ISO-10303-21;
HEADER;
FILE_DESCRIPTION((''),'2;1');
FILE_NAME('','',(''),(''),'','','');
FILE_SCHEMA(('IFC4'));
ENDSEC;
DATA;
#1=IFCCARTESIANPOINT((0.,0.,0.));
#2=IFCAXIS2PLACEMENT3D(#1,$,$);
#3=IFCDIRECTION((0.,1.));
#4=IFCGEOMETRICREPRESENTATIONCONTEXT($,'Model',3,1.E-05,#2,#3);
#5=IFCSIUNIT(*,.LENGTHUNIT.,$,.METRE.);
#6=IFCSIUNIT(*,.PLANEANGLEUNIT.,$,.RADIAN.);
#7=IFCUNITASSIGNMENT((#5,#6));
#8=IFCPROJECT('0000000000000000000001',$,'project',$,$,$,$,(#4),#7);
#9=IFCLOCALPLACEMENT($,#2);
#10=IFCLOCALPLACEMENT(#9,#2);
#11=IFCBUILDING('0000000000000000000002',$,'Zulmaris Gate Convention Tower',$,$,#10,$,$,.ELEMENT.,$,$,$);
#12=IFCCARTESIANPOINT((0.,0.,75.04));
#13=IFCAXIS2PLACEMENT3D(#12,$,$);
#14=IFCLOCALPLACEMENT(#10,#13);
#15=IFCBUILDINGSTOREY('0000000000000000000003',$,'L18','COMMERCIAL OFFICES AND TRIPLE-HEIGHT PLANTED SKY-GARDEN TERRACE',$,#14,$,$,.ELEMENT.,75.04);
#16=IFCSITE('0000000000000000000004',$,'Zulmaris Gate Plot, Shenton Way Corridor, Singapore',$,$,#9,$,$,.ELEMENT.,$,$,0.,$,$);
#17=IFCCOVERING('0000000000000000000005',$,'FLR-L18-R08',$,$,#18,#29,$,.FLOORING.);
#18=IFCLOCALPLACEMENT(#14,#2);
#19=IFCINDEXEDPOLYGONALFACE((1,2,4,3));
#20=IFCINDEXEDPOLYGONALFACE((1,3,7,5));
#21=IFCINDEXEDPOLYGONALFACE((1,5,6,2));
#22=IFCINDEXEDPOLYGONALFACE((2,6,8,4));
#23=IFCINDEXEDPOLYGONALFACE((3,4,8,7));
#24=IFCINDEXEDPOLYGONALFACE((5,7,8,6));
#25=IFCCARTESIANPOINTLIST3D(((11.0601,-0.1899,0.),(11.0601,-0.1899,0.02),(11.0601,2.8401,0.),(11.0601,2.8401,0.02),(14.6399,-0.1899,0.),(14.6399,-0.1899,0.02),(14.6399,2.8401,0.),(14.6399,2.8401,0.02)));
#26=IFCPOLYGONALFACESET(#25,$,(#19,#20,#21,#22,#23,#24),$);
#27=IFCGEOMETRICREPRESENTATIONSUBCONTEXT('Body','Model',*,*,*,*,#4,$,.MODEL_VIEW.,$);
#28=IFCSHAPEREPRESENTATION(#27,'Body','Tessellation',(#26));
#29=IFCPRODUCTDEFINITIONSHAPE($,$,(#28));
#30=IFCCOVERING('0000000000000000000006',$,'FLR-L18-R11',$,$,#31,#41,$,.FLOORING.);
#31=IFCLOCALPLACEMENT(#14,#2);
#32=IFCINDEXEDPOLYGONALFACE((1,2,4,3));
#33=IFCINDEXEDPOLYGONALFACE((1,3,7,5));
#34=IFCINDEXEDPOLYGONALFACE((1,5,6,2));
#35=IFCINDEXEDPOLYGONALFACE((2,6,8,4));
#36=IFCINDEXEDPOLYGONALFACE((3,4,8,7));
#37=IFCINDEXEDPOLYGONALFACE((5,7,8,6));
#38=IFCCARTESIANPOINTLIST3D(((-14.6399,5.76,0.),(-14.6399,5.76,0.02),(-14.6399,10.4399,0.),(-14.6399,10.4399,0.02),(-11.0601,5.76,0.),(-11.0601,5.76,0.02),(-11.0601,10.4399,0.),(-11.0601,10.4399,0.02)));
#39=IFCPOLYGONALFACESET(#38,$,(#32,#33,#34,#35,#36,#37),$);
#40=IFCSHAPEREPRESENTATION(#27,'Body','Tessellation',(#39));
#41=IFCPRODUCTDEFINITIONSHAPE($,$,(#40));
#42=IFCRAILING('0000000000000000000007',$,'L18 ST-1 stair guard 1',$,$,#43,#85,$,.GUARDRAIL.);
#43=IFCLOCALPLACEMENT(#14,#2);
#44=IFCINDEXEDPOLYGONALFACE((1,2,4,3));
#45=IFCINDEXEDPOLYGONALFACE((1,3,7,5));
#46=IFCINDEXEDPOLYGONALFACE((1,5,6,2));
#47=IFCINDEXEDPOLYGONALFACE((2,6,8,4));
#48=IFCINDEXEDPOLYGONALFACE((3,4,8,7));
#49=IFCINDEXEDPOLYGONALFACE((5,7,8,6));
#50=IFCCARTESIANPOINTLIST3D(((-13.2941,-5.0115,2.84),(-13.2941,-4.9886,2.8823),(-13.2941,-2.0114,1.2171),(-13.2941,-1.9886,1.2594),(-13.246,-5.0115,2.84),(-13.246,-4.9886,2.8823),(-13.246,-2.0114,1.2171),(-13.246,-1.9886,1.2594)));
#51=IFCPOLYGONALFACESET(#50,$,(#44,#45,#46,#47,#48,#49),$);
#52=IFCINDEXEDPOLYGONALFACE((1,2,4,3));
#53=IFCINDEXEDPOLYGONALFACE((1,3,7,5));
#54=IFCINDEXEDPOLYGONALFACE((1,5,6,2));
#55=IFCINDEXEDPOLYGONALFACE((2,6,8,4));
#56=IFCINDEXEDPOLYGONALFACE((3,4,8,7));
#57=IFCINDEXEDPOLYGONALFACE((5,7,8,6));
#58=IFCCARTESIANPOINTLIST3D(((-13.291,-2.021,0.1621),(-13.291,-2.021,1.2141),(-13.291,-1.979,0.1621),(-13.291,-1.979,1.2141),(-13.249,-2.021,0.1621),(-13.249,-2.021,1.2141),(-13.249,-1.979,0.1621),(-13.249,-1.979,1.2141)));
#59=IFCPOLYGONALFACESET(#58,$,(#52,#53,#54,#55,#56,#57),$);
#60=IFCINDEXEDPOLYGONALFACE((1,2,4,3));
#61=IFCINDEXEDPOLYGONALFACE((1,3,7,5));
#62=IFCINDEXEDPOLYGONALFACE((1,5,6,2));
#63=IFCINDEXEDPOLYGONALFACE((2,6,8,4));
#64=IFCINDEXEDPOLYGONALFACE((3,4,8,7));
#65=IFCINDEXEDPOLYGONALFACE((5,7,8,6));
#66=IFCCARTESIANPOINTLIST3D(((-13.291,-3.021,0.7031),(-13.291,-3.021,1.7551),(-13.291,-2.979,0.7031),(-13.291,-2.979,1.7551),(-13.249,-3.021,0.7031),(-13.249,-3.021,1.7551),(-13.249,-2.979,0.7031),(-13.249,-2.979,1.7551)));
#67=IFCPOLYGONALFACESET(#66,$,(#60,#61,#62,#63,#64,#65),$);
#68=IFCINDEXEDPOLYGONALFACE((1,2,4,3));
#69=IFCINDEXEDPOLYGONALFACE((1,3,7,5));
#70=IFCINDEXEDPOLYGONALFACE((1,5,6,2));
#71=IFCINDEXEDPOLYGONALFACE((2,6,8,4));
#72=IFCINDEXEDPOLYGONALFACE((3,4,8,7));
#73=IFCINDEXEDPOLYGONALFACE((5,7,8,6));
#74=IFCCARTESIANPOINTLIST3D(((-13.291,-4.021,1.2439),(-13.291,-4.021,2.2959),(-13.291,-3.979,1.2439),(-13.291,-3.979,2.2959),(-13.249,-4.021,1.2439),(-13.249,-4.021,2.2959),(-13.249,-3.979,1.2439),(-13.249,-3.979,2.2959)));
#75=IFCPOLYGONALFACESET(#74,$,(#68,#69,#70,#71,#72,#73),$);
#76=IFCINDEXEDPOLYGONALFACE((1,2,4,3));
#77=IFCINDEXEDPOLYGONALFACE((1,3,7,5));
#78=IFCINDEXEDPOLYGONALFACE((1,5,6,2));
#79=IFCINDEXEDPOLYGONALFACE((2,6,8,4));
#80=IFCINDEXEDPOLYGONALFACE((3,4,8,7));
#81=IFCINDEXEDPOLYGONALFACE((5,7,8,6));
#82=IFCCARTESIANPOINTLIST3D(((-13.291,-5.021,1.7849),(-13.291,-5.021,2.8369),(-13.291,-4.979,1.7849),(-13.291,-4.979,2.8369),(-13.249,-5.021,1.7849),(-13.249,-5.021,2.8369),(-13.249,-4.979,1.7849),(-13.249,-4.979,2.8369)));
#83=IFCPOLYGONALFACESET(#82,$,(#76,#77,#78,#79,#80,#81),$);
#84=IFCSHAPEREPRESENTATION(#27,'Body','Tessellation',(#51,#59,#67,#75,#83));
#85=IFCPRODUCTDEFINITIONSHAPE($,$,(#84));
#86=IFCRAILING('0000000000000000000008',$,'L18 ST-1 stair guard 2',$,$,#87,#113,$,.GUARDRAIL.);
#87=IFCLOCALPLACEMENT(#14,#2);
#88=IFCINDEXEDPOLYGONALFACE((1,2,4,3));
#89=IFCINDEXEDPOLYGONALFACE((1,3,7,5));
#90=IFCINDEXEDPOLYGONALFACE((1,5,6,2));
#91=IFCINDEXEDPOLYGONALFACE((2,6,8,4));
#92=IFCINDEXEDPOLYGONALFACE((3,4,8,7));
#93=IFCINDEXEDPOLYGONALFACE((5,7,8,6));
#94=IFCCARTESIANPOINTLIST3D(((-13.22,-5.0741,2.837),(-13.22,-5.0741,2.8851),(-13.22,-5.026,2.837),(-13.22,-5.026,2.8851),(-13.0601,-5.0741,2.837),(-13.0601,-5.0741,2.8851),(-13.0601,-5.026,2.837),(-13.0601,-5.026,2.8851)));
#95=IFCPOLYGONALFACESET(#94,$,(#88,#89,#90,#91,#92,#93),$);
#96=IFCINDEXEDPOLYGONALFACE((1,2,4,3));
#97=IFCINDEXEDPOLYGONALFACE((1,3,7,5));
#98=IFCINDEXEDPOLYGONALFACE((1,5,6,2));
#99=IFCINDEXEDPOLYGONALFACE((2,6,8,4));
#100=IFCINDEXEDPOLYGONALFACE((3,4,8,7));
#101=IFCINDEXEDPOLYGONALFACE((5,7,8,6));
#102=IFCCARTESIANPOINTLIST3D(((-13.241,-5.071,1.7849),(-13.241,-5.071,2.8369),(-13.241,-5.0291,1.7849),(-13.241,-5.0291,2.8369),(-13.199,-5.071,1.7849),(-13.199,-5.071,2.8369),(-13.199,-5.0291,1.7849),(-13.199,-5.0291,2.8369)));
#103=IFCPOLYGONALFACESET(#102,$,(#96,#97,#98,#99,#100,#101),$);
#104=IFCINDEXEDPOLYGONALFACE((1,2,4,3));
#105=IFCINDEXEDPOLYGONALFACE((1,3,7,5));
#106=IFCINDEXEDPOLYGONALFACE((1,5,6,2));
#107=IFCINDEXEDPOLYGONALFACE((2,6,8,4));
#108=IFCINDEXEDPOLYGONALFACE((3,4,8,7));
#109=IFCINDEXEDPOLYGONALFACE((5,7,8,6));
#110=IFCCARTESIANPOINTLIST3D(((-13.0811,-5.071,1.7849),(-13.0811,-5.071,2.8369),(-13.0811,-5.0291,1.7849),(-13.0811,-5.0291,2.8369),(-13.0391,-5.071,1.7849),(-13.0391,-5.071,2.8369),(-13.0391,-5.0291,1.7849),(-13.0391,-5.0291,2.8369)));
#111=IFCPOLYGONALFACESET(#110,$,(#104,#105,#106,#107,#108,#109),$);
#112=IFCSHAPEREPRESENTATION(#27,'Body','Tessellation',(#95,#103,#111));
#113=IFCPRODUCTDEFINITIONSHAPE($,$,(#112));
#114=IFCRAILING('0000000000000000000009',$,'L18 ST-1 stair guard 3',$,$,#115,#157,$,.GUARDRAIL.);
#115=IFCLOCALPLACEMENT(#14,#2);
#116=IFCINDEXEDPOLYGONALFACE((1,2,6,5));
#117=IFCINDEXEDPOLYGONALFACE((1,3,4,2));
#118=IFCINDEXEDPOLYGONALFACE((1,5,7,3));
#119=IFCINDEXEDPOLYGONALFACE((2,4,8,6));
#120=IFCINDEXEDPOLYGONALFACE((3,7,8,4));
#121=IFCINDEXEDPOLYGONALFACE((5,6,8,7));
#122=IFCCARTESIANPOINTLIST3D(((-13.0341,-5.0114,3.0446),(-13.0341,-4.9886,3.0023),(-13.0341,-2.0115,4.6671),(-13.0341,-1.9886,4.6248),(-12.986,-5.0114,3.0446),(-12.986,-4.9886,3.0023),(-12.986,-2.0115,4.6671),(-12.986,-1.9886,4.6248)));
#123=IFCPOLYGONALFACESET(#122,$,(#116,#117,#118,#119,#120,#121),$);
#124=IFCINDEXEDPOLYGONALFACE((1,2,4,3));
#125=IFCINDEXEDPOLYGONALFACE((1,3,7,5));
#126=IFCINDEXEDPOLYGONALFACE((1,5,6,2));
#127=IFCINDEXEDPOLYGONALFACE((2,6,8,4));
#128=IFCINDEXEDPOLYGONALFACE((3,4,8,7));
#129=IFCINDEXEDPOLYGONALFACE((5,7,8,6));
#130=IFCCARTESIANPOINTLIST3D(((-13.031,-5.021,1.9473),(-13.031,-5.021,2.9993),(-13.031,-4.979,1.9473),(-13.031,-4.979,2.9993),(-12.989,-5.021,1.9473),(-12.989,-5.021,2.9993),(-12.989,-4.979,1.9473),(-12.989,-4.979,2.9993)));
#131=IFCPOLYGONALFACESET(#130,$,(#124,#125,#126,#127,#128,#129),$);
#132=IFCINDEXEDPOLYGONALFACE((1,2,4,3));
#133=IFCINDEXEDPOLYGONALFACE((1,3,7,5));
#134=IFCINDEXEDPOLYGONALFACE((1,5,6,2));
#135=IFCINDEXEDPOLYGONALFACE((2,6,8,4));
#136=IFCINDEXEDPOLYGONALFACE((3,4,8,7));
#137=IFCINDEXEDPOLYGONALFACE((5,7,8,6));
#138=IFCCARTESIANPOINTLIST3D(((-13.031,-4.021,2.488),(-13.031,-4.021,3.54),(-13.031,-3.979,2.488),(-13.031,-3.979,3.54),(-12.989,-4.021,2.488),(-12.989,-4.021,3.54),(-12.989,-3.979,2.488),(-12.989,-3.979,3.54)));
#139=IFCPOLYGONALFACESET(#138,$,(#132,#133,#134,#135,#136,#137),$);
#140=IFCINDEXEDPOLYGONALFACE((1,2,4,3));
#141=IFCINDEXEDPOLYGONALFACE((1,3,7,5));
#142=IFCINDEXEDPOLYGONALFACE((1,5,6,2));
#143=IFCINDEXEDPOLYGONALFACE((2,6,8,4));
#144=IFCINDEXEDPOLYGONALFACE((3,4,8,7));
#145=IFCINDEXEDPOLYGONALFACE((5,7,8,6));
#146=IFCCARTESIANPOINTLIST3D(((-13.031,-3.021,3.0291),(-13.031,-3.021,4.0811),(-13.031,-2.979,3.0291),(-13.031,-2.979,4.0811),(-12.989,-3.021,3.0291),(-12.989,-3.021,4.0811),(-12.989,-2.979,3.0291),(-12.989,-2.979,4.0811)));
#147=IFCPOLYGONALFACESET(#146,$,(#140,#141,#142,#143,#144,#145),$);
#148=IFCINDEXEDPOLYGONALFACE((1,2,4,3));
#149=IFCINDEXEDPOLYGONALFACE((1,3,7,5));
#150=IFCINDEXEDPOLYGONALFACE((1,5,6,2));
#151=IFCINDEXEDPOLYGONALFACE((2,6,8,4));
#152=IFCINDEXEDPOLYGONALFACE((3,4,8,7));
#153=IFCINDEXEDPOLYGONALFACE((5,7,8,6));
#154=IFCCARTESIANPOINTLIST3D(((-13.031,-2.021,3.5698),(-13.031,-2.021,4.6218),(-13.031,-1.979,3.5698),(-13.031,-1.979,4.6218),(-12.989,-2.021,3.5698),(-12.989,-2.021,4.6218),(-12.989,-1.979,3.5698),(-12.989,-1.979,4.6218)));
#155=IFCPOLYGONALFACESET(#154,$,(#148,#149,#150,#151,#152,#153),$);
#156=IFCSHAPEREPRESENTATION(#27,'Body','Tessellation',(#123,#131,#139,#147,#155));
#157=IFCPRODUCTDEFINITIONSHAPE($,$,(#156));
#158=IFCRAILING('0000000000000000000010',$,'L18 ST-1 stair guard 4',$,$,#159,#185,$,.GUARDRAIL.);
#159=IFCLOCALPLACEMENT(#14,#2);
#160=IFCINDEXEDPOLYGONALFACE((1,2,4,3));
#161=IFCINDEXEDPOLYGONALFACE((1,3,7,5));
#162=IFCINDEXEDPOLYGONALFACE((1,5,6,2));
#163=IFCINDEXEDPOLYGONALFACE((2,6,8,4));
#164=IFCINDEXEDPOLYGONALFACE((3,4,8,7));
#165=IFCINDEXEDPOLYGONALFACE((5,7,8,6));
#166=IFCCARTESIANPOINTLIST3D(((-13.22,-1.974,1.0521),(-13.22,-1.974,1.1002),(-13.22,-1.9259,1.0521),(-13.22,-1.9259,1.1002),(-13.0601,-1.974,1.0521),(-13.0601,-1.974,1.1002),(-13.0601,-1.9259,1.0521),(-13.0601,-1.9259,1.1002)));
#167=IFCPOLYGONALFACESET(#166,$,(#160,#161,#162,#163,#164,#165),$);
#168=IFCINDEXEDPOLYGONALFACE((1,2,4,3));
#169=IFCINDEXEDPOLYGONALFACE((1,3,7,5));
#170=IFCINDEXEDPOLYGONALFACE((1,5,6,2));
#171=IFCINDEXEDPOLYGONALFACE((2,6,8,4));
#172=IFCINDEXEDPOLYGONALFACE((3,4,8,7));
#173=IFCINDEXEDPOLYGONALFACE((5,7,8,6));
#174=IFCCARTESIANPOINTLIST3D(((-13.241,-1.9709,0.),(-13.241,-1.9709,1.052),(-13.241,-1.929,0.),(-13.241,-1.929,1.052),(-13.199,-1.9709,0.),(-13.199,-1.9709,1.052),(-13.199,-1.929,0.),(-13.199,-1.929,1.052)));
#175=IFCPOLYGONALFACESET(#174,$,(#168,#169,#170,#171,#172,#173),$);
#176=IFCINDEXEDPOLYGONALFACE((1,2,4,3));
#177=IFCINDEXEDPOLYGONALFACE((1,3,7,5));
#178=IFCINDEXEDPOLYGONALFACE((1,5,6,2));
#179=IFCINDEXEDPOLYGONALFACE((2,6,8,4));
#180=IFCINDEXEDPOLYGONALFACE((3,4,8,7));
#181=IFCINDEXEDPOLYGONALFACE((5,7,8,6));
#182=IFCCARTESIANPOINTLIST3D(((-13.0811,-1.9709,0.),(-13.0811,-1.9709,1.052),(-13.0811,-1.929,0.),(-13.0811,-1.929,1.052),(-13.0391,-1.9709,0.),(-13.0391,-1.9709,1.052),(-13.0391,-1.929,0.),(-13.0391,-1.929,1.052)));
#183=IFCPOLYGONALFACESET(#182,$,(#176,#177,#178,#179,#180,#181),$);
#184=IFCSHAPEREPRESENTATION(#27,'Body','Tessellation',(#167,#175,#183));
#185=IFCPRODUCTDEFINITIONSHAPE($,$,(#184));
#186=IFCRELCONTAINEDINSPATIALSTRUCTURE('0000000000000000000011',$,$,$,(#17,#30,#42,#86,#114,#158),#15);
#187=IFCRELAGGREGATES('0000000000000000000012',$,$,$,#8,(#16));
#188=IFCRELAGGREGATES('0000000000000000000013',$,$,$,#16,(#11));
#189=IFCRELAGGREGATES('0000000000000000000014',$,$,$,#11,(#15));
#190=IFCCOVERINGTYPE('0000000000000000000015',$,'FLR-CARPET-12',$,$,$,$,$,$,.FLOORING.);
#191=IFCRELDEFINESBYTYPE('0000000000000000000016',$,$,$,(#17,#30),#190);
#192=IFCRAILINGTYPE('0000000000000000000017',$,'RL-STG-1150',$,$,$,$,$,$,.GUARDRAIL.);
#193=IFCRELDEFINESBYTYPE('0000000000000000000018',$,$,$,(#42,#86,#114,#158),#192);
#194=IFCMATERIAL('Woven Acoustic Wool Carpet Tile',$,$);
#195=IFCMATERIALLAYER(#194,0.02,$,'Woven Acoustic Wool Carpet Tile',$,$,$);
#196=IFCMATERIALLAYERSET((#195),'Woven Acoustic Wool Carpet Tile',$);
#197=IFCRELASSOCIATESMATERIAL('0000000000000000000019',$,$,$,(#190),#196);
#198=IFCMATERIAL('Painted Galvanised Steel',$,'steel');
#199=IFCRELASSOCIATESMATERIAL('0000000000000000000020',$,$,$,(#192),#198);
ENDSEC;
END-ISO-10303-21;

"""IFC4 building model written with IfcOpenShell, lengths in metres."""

from ifc_helpers import new_model, si_unit, direction, frame, origin, origin_2d, place, context, subcontext, project, spatial, polyline, rectangle, outline, extrude, material, layer, layer_set, type_object, element, save


model = new_model("IFC4")

# Units and contexts
model_context = context("Model", 3, precision=1e-05, world=origin(), true_north=direction((0.0, 1.0)))
body_context = subcontext(model_context, "Body", "Model", "MODEL_VIEW")
ifc_project = project(units=[si_unit("LENGTHUNIT", "METRE"), si_unit("PLANEANGLEUNIT", "RADIAN")], contexts=[model_context])

# Site, building, storey
site_placement = place(None, origin())
site = spatial("IfcSite", under=ifc_project, at=site_placement, Name="Zulmaris Gate Plot, Shenton Way Corridor, Singapore", CompositionType="ELEMENT", RefElevation=0.0)
building_placement = place(site_placement, origin())
building = spatial("IfcBuilding", under=site, at=building_placement, Name="Zulmaris Gate Convention Tower", CompositionType="ELEMENT")
storey_placement = place(building_placement, frame((0.0, 0.0, 75.04)))
storey = spatial("IfcBuildingStorey", under=building, at=storey_placement, Name="L18", Description="COMMERCIAL OFFICES AND TRIPLE-HEIGHT PLANTED SKY-GARDEN TERRACE", CompositionType="ELEMENT", Elevation=75.04)

# Coverings
ifc_material_1 = material(Name="Woven Acoustic Wool Carpet Tile")
ifc_layer_1 = layer(ifc_material_1, 0.02, Name="Woven Acoustic Wool Carpet Tile")
ifc_layer_set_1 = layer_set([ifc_layer_1], Name="Woven Acoustic Wool Carpet Tile")
covering_type_1 = type_object("IfcCoveringType", Name="FLR-CARPET-12", PredefinedType="FLOORING", material=ifc_layer_set_1)
covering_1_placement = place(storey_placement, origin())
element("IfcCovering", 1, at=covering_1_placement, inside=storey, type_object=covering_type_1, Name="FLR-L18-R08", PredefinedType="FLOORING", context=body_context, shape_type="SweptSolid", body=[
    extrude(outline(polyline([(11.0601, -0.1899), (14.6399, -0.1899), (14.6399, 2.8401), (11.0601, 2.8401), (11.0601, -0.1899)])), origin(), (0.0, 0.0, 1.0), 0.02),
])
covering_2_placement = place(storey_placement, origin())
element("IfcCovering", 2, at=covering_2_placement, inside=storey, type_object=covering_type_1, Name="FLR-L18-R11", PredefinedType="FLOORING", context=body_context, shape_type="SweptSolid", body=[
    extrude(outline(polyline([(-14.6399, 5.76), (-11.0601, 5.76), (-11.0601, 10.4399), (-14.6399, 10.4399), (-14.6399, 5.76)])), origin(), (0.0, 0.0, 1.0), 0.02),
])

# Railings
ifc_material_2 = material(Name="Painted Galvanised Steel", Category="steel")
railing_type_1 = type_object("IfcRailingType", Name="RL-STG-1150", PredefinedType="GUARDRAIL", material=ifc_material_2)
railing_1_placement = place(storey_placement, frame((-13.27, -2.0, 0.1621)))
element("IfcRailing", 3, at=railing_1_placement, inside=storey, type_object=railing_type_1, Name="L18 ST-1 stair guard 1", PredefinedType="GUARDRAIL", context=body_context, shape_type="SweptSolid", body=[
    extrude(rectangle(XDim=0.0481, YDim=0.0481, at=origin_2d()), frame((0.0, 0.0, 1.0762), z_axis=(0.0, -0.879562, 0.475785), x_axis=(1.0, 0.0, 0.0)), (0.0, 0.0, 1.0), 3.4109),
    extrude(rectangle(XDim=0.042, YDim=0.042, at=origin_2d()), origin(), (0.0, 0.0, 1.0), 1.052),
    extrude(rectangle(XDim=0.042, YDim=0.042, at=origin_2d()), frame((0.0, -1.0, 0.541)), (0.0, 0.0, 1.0), 1.052),
    extrude(rectangle(XDim=0.042, YDim=0.042, at=origin_2d()), frame((0.0, -2.0, 1.0818)), (0.0, 0.0, 1.0), 1.052),
    extrude(rectangle(XDim=0.042, YDim=0.042, at=origin_2d()), frame((0.0, -3.0, 1.6228)), (0.0, 0.0, 1.0), 1.052),
])
railing_2_placement = place(storey_placement, frame((-13.22, -5.05, 1.7849)))
element("IfcRailing", 4, at=railing_2_placement, inside=storey, type_object=railing_type_1, Name="L18 ST-1 stair guard 2", PredefinedType="GUARDRAIL", context=body_context, shape_type="SweptSolid", body=[
    extrude(rectangle(XDim=0.0481, YDim=0.0481, at=origin_2d()), frame((0.0, 0.0, 1.0762), z_axis=(1.0, 0.0, 0.0), x_axis=(0.0, 1.0, 0.0)), (0.0, 0.0, 1.0), 0.1599),
    extrude(rectangle(XDim=0.042, YDim=0.042, at=origin_2d()), origin(), (0.0, 0.0, 1.0), 1.052),
    extrude(rectangle(XDim=0.042, YDim=0.042, at=origin_2d()), frame((0.1599, 0.0, 0.0)), (0.0, 0.0, 1.0), 1.052),
])
railing_3_placement = place(storey_placement, frame((-13.01, -5.0, 1.9473)))
element("IfcRailing", 5, at=railing_3_placement, inside=storey, type_object=railing_type_1, Name="L18 ST-1 stair guard 3", PredefinedType="GUARDRAIL", context=body_context, shape_type="SweptSolid", body=[
    extrude(rectangle(XDim=0.0481, YDim=0.0481, at=origin_2d()), frame((0.0, 0.0, 1.0762), z_axis=(0.0, 0.879592, 0.47573), x_axis=(-1.0, 0.0, 0.0)), (0.0, 0.0, 1.0), 3.4106),
    extrude(rectangle(XDim=0.042, YDim=0.042, at=origin_2d()), origin(), (0.0, 0.0, 1.0), 1.052),
    extrude(rectangle(XDim=0.042, YDim=0.042, at=origin_2d()), frame((0.0, 1.0, 0.5408)), (0.0, 0.0, 1.0), 1.052),
    extrude(rectangle(XDim=0.042, YDim=0.042, at=origin_2d()), frame((0.0, 2.0, 1.0818)), (0.0, 0.0, 1.0), 1.052),
    extrude(rectangle(XDim=0.042, YDim=0.042, at=origin_2d()), frame((0.0, 3.0, 1.6226)), (0.0, 0.0, 1.0), 1.052),
])
railing_4_placement = place(storey_placement, frame((-13.22, -1.95, 0.0)))
element("IfcRailing", 6, at=railing_4_placement, inside=storey, type_object=railing_type_1, Name="L18 ST-1 stair guard 4", PredefinedType="GUARDRAIL", context=body_context, shape_type="SweptSolid", body=[
    extrude(rectangle(XDim=0.0481, YDim=0.0481, at=origin_2d()), frame((0.0, 0.0, 1.0762), z_axis=(1.0, 0.0, 0.0), x_axis=(0.0, 1.0, 0.0)), (0.0, 0.0, 1.0), 0.1599),
    extrude(rectangle(XDim=0.042, YDim=0.042, at=origin_2d()), origin(), (0.0, 0.0, 1.0), 1.052),
    extrude(rectangle(XDim=0.042, YDim=0.042, at=origin_2d()), frame((0.1599, 0.0, 0.0)), (0.0, 0.0, 1.0), 1.052),
])

save(model, "model.ifc")
